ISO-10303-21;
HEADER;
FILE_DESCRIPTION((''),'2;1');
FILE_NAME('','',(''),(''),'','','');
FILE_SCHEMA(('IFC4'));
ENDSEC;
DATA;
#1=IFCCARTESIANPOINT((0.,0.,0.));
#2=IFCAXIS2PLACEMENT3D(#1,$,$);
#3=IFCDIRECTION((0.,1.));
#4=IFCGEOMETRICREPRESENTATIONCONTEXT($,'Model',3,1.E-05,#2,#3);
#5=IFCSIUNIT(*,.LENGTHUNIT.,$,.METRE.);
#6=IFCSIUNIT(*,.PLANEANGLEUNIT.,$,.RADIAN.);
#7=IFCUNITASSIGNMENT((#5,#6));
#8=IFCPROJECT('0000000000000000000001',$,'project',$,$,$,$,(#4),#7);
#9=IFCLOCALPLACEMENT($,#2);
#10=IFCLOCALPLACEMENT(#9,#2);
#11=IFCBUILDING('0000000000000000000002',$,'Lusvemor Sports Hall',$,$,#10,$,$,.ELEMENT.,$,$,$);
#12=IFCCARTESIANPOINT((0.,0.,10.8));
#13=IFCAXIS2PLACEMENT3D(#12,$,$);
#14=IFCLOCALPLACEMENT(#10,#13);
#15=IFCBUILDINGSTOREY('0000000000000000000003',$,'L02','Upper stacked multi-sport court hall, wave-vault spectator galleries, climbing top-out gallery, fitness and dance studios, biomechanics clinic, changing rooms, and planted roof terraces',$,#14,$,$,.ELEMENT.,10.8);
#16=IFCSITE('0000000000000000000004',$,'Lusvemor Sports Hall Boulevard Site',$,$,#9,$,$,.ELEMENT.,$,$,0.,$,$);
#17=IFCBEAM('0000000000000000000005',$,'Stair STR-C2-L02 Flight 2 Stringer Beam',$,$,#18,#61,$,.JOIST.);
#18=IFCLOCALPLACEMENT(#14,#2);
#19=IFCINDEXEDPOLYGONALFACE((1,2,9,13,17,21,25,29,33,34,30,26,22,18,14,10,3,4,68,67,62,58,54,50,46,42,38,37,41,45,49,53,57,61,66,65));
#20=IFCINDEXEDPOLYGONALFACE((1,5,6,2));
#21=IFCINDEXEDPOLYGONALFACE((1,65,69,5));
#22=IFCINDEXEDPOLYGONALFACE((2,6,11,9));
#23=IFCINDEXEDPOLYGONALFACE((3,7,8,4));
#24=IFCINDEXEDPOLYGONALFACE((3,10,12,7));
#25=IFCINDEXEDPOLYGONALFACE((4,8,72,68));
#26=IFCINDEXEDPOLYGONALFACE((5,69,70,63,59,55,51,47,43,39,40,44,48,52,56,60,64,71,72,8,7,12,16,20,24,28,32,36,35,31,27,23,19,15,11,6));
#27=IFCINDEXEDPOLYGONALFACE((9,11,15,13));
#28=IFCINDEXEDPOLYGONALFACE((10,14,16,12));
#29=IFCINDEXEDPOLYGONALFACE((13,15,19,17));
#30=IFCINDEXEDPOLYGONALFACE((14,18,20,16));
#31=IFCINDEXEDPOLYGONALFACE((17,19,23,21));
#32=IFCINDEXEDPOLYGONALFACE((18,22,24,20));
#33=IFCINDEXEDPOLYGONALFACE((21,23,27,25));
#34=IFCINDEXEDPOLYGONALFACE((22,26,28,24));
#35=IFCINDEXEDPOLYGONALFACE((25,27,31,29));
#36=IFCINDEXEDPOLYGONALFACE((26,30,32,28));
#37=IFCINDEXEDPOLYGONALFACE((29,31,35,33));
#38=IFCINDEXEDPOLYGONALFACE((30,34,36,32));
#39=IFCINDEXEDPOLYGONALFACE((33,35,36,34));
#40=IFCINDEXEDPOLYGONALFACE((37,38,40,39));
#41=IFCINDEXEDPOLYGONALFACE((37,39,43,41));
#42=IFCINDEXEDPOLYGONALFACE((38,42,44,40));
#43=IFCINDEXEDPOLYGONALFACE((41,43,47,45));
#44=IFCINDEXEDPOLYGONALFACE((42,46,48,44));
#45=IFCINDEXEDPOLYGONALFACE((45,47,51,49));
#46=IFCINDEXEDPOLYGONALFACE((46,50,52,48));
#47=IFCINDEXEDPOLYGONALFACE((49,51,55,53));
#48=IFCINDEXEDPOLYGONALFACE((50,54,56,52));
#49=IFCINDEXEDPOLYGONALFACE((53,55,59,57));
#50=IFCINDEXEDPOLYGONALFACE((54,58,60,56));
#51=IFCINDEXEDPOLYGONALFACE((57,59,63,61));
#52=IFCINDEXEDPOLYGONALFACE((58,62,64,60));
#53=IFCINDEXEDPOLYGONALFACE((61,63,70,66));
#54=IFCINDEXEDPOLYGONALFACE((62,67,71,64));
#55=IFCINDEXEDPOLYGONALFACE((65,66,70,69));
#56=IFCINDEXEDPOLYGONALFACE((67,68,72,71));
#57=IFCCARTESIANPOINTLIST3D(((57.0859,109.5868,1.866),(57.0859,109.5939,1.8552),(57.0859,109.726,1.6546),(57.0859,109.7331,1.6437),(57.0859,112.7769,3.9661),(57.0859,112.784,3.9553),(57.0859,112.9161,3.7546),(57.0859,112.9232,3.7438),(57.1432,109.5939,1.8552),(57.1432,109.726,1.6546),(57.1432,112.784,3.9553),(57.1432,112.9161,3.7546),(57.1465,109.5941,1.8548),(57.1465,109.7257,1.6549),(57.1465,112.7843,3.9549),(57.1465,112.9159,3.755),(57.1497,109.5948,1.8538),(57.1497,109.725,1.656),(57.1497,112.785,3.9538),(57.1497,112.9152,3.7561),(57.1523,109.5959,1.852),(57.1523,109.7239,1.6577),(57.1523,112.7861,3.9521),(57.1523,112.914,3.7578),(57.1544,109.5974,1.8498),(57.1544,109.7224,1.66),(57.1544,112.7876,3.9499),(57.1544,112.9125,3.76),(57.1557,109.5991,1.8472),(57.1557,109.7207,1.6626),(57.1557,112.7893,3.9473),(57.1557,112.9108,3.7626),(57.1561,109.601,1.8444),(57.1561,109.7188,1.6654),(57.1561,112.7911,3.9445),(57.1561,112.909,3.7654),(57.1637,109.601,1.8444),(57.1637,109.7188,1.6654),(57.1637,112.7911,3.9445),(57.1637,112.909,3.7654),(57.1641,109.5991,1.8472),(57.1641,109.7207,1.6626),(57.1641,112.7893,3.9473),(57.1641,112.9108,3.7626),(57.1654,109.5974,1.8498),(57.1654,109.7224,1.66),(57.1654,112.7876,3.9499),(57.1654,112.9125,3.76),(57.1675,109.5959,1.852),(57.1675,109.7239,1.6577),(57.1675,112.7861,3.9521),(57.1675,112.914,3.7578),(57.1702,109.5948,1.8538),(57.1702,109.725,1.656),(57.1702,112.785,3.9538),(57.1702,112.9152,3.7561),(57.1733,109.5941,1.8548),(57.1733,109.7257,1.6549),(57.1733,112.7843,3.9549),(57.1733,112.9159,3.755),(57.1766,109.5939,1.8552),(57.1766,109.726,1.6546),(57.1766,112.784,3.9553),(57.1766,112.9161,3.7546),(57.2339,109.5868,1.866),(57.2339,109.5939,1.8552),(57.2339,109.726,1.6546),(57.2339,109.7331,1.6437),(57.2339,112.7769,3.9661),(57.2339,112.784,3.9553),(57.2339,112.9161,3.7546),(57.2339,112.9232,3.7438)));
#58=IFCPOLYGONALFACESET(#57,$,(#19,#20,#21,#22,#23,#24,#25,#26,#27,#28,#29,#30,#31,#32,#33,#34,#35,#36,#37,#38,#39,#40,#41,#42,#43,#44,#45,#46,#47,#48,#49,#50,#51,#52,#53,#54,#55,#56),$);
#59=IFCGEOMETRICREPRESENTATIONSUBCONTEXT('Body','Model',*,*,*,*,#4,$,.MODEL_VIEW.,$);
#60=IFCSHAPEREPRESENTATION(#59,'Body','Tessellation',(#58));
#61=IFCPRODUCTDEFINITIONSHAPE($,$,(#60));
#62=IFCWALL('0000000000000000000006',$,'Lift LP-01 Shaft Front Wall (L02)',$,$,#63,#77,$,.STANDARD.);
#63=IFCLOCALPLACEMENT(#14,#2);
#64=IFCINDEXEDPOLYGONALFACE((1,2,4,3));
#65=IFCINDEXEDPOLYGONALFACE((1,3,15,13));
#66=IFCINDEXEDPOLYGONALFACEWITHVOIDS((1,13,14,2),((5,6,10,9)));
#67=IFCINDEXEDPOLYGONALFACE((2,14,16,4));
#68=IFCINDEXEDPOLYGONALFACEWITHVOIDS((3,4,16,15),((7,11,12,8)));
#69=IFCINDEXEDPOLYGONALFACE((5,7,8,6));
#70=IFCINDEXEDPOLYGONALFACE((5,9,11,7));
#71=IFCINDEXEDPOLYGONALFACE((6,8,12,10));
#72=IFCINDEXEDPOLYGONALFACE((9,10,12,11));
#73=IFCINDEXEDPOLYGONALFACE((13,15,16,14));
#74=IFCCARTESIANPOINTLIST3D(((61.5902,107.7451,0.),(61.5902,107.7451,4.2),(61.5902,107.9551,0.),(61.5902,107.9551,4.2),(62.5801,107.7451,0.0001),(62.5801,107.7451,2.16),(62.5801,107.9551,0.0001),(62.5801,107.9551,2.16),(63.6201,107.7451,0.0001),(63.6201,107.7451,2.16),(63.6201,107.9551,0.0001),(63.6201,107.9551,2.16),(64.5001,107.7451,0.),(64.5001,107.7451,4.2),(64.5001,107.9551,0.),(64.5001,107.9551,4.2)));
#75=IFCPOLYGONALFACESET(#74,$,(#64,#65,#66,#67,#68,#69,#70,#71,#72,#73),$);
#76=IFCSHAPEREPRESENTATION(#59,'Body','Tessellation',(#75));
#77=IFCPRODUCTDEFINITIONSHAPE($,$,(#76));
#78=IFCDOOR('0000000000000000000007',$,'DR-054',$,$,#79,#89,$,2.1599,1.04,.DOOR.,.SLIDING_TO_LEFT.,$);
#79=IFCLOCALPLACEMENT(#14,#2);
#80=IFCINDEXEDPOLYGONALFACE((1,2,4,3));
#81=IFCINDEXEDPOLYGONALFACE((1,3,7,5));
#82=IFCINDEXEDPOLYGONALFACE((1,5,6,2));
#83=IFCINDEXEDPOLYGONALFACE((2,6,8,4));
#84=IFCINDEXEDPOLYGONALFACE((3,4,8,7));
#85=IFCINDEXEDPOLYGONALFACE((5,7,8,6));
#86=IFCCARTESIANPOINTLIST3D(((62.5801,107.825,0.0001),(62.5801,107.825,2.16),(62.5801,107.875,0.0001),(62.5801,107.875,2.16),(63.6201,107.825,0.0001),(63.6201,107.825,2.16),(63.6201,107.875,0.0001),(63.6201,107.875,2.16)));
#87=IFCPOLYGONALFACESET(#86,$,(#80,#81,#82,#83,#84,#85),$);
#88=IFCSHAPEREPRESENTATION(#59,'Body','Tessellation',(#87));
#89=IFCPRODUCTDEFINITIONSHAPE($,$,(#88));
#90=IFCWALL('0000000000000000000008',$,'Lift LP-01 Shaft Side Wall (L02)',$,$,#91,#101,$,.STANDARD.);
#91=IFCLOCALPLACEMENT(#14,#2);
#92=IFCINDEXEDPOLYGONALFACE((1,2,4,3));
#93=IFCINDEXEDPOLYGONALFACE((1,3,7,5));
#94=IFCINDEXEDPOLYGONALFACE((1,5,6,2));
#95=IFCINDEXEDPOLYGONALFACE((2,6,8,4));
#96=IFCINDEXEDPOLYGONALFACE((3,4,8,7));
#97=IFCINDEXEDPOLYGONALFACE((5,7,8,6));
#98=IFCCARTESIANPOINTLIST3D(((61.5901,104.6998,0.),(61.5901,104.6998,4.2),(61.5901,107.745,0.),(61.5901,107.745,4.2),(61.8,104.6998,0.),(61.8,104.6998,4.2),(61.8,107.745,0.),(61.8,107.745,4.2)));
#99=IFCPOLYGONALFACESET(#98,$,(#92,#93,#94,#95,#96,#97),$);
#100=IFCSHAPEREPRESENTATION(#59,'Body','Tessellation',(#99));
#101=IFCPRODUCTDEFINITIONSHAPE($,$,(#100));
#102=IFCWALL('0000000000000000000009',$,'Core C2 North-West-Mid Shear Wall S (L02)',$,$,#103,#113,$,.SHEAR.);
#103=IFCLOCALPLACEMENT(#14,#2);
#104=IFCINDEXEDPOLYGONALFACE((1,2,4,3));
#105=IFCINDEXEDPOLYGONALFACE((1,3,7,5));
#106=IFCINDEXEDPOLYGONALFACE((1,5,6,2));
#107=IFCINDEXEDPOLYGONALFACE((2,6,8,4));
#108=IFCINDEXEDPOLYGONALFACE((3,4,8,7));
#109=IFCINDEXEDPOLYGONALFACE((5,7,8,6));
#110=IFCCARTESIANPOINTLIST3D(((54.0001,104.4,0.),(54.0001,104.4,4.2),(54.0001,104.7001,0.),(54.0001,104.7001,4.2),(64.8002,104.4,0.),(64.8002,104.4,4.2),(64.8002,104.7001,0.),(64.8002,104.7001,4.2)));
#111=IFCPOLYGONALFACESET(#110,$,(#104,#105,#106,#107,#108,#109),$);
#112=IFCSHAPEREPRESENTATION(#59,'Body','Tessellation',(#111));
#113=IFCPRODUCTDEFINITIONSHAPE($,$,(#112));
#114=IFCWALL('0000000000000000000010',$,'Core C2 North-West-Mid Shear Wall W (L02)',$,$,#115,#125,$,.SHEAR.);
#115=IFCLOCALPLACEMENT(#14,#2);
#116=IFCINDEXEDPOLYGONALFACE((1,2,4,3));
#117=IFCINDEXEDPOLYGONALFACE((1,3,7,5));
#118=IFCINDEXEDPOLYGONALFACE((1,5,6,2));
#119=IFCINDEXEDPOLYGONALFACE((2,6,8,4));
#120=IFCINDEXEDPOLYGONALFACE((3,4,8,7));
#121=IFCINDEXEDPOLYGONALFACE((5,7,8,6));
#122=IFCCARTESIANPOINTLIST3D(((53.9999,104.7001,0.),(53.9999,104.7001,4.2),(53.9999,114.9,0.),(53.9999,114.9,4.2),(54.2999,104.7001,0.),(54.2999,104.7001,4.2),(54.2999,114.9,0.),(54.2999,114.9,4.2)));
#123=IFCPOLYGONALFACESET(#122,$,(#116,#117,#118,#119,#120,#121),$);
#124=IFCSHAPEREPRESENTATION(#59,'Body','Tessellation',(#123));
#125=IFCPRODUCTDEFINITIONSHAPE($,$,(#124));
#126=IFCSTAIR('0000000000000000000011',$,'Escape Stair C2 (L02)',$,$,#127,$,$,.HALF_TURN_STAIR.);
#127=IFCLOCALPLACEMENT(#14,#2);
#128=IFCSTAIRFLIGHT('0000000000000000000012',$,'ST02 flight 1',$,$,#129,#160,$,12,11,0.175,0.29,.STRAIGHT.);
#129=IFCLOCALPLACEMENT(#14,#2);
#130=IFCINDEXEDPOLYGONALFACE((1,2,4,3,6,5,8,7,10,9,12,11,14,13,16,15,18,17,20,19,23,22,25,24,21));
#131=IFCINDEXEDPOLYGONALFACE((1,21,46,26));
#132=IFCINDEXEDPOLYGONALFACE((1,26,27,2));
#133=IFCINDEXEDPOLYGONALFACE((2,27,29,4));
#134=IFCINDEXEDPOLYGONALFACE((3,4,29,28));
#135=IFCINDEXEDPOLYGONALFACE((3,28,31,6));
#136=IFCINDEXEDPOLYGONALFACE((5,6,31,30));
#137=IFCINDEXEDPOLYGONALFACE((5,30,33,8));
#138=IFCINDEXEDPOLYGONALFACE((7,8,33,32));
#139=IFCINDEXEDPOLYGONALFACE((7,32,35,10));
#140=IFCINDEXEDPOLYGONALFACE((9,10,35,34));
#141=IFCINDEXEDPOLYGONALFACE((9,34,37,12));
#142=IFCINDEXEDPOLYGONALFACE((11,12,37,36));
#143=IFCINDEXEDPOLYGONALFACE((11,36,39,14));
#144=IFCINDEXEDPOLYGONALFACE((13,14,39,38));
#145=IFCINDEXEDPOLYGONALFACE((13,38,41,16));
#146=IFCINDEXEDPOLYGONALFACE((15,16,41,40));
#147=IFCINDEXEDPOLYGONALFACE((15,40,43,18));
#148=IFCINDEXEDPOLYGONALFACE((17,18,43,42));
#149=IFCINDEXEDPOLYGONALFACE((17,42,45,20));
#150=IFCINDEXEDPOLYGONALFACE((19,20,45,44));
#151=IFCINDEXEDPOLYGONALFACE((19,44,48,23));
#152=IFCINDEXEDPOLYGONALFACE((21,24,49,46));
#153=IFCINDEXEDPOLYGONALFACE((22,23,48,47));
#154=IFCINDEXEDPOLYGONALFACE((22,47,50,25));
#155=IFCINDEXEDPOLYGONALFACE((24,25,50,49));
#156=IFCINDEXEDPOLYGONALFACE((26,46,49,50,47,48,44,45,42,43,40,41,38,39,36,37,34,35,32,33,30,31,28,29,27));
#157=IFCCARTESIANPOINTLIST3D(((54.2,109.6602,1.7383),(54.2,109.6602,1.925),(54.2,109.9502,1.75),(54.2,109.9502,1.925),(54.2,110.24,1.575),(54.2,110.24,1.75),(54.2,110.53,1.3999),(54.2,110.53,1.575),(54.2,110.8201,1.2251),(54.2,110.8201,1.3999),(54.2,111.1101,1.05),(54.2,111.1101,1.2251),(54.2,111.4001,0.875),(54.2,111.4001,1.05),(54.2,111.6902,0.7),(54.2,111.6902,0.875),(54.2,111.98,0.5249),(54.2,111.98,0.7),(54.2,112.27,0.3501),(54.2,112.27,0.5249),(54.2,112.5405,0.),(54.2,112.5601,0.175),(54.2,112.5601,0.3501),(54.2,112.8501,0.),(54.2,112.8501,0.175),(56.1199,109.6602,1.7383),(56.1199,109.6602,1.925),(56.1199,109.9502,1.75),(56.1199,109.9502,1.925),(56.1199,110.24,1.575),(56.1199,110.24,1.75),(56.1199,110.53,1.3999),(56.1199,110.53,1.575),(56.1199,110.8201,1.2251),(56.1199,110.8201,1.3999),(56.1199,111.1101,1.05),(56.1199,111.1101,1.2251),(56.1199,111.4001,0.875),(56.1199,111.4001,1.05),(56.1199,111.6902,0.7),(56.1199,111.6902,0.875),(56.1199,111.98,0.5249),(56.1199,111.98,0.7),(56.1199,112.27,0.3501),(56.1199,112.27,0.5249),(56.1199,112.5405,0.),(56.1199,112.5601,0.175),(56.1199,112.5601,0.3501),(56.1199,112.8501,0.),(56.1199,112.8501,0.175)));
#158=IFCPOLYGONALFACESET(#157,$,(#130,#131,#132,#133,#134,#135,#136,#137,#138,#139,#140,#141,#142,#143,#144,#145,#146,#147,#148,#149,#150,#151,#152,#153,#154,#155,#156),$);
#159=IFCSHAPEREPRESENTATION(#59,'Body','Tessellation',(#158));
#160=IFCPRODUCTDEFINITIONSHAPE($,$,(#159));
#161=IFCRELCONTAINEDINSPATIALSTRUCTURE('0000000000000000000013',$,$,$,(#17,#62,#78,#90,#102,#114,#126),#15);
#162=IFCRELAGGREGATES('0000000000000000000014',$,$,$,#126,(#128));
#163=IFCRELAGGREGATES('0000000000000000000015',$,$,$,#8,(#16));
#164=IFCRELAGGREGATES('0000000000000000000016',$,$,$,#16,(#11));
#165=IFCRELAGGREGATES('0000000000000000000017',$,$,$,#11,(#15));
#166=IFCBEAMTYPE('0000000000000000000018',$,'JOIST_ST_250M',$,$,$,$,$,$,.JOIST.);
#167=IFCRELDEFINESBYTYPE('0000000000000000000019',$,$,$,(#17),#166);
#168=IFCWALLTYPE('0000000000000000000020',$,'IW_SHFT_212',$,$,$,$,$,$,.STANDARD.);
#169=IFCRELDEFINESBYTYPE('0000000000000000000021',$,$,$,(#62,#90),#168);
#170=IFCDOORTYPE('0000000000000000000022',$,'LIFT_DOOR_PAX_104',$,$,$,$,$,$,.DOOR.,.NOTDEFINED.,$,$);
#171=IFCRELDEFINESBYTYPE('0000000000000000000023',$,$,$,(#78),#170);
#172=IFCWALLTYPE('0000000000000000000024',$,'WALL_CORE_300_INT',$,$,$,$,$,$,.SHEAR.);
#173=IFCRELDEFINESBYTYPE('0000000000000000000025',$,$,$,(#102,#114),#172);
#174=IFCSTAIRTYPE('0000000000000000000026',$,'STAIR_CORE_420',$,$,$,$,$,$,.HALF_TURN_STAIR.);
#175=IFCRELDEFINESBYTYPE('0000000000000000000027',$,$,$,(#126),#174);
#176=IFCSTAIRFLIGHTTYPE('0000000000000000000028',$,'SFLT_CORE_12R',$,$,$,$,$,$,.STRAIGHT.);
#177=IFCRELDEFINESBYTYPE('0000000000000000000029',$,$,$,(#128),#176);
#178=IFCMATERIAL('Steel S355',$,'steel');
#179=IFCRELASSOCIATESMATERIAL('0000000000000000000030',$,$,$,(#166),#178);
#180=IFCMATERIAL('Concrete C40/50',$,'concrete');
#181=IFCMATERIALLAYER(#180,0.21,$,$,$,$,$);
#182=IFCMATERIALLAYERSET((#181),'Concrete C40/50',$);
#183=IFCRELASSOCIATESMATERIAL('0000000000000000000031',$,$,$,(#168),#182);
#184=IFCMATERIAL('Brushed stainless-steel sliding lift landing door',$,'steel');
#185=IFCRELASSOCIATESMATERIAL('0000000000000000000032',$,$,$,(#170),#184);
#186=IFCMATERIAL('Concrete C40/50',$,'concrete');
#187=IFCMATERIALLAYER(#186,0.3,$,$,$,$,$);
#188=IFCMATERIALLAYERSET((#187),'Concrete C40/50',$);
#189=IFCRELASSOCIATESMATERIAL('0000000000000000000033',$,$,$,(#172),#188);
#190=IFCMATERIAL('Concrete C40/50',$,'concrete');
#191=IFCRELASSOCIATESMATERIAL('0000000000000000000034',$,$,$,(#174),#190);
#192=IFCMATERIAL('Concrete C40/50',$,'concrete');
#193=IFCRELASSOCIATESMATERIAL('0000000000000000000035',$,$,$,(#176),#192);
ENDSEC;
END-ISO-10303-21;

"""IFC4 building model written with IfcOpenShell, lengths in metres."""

from ifc_helpers import new_model, si_unit, direction, frame, frame_2d, origin, origin_2d, place, context, subcontext, project, spatial, polyline, rectangle, i_section, outline, extrude, material, layer, layer_set, material_profile, profile_set, type_object, element, fill, aggregate, save


model = new_model("IFC4")

# Units and contexts
model_context = context("Model", 3, precision=1e-05, world=origin(), true_north=direction((0.0, 1.0)))
body_context = subcontext(model_context, "Body", "Model", "MODEL_VIEW")
ifc_project = project(units=[si_unit("LENGTHUNIT", "METRE"), si_unit("PLANEANGLEUNIT", "RADIAN")], contexts=[model_context])

# Site, building, storey
site_placement = place(None, origin())
site = spatial("IfcSite", under=ifc_project, at=site_placement, Name="Lusvemor Sports Hall Boulevard Site", CompositionType="ELEMENT", RefElevation=0.0)
building_placement = place(site_placement, origin())
building = spatial("IfcBuilding", under=site, at=building_placement, Name="Lusvemor Sports Hall", CompositionType="ELEMENT")
storey_placement = place(building_placement, frame((0.0, 0.0, 10.8)))
storey = spatial("IfcBuildingStorey", under=building, at=storey_placement, Name="L02", Description="Upper stacked multi-sport court hall, wave-vault spectator galleries, climbing top-out gallery, fitness and dance studios, biomechanics clinic, changing rooms, and planted roof terraces", CompositionType="ELEMENT", Elevation=10.8)

# Beam
ifc_material_1 = material(Name="Steel S355", Category="steel")
ifc_material_profile_1 = material_profile(ifc_material_1, i_section(OverallWidth=0.1479, OverallDepth=0.2661, WebThickness=0.0076, FlangeThickness=0.0129, FilletRadius=0.0129, at=origin_2d()), Name="W250x44.8")
ifc_profile_set_1 = profile_set([ifc_material_profile_1], Name="Steel S355")
beam_type_1 = type_object("IfcBeamType", Name="JOIST_ST_250M", PredefinedType="JOIST", material=ifc_profile_set_1)
beam_1_placement = place(storey_placement, frame((57.1599, 109.6599, 1.7549), z_axis=(0.0, 0.835262, 0.549852), x_axis=(-1.0, 0.0, 0.0)))
element("IfcBeam", 1, at=beam_1_placement, inside=storey, type_object=beam_type_1, Name="Stair STR-C2-L02 Flight 2 Stringer Beam", PredefinedType="JOIST", context=body_context, shape_type="SweptSolid", body=[
    extrude(i_section(OverallWidth=0.1479, OverallDepth=0.2661, WebThickness=0.0076, FlangeThickness=0.0129, FilletRadius=0.0129, at=origin_2d()), origin(), (0.0, 0.0, 1.0), 3.8193),
])

# Wall, opening, door
ifc_material_2 = material(Name="Concrete C40/50", Category="concrete")
ifc_layer_1 = layer(ifc_material_2, 0.21)
ifc_layer_set_1 = layer_set([ifc_layer_1], Name="Concrete C40/50")
wall_type_1 = type_object("IfcWallType", Name="IW_SHFT_212", PredefinedType="STANDARD", material=ifc_layer_set_1)
wall_1_placement = place(storey_placement, frame((61.5901, 107.8501, 0.0), z_axis=(0.0, 0.0, 1.0), x_axis=(1.0, 0.0, 0.0)))
wall_1 = element("IfcWall", 2, at=wall_1_placement, inside=storey, type_object=wall_type_1, Name="Lift LP-01 Shaft Front Wall (L02)", PredefinedType="STANDARD", context=body_context, shape_type="SweptSolid", body=[
    extrude(rectangle(XDim=2.9099, YDim=0.21, at=frame_2d((1.4551, 0.0))), origin(), (0.0, 0.0, 1.0), 4.2),
])
opening_1_placement = place(wall_1_placement, frame((0.99, 0.0, 0.0)))
opening_1 = element("IfcOpeningElement", 3, at=opening_1_placement, cuts=wall_1, PredefinedType="OPENING", context=body_context, shape_type="SweptSolid", body=[
    extrude(rectangle(XDim=1.04, YDim=2.1599, at=frame_2d((0.52, 1.0801))), frame((0.0, 0.105, 0.0), z_axis=(0.0, -1.0, 0.0), x_axis=(1.0, 0.0, 0.0)), (0.0, 0.0, 1.0), 0.21),
])
ifc_material_3 = material(Name="Brushed stainless-steel sliding lift landing door", Category="steel")
door_type_1 = type_object("IfcDoorType", Name="LIFT_DOOR_PAX_104", OperationType="NOTDEFINED", PredefinedType="DOOR", material=ifc_material_3)
door_1_placement = place(opening_1_placement, origin())
door_1 = element("IfcDoor", 4, at=door_1_placement, inside=storey, type_object=door_type_1, Name="DR-054", OperationType="SLIDING_TO_LEFT", OverallHeight=2.1599, OverallWidth=1.04, PredefinedType="DOOR", context=body_context, shape_type="SweptSolid", body=[
    extrude(rectangle(XDim=1.04, YDim=2.1599, at=frame_2d((0.52, 1.0801))), frame((0.0, 0.0249, 0.0), z_axis=(0.0, -1.0, 0.0), x_axis=(1.0, 0.0, 0.0)), (0.0, 0.0, 1.0), 0.05),
])
fill(opening_1, door_1)

# Wall
wall_2_placement = place(storey_placement, frame((61.6951, 104.7, 0.0), z_axis=(0.0, 0.0, 1.0), x_axis=(0.0, 1.0, 0.0)))
element("IfcWall", 5, at=wall_2_placement, inside=storey, type_object=wall_type_1, Name="Lift LP-01 Shaft Side Wall (L02)", PredefinedType="STANDARD", context=body_context, shape_type="SweptSolid", body=[
    extrude(rectangle(XDim=3.0452, YDim=0.21, at=frame_2d((1.5225, 0.0))), origin(), (0.0, 0.0, 1.0), 4.2),
])

# Walls
ifc_material_4 = material(Name="Concrete C40/50", Category="concrete")
ifc_layer_2 = layer(ifc_material_4, 0.3)
ifc_layer_set_2 = layer_set([ifc_layer_2], Name="Concrete C40/50")
wall_type_2 = type_object("IfcWallType", Name="WALL_CORE_300_INT", PredefinedType="SHEAR", material=ifc_layer_set_2)
wall_3_placement = place(storey_placement, frame((64.8, 104.55, 0.0), z_axis=(0.0, 0.0, 1.0), x_axis=(-1.0, 0.0, 0.0)))
element("IfcWall", 6, at=wall_3_placement, inside=storey, type_object=wall_type_2, Name="Core C2 North-West-Mid Shear Wall S (L02)", PredefinedType="SHEAR", context=body_context, shape_type="SweptSolid", body=[
    extrude(rectangle(XDim=10.8, YDim=0.3, at=frame_2d((5.3999, 0.0))), origin(), (0.0, 0.0, 1.0), 4.2),
])
wall_4_placement = place(storey_placement, frame((54.1499, 104.7, 0.0), z_axis=(0.0, 0.0, 1.0), x_axis=(0.0, 1.0, 0.0)))
element("IfcWall", 7, at=wall_4_placement, inside=storey, type_object=wall_type_2, Name="Core C2 North-West-Mid Shear Wall W (L02)", PredefinedType="SHEAR", context=body_context, shape_type="SweptSolid", body=[
    extrude(rectangle(XDim=10.2, YDim=0.3, at=frame_2d((5.1001, 0.0))), origin(), (0.0, 0.0, 1.0), 4.2),
])

# Stair, stair flight
ifc_material_5 = material(Name="Concrete C40/50", Category="concrete")
stair_type = type_object("IfcStairType", Name="STAIR_CORE_420", PredefinedType="HALF_TURN_STAIR", material=ifc_material_5)
stair_placement = place(storey_placement, origin())
stair = element("IfcStair", 8, at=stair_placement, inside=storey, type_object=stair_type, Name="Escape Stair C2 (L02)", PredefinedType="HALF_TURN_STAIR")
ifc_material_6 = material(Name="Concrete C40/50", Category="concrete")
stair_flight_type = type_object("IfcStairFlightType", Name="SFLT_CORE_12R", PredefinedType="STRAIGHT", material=ifc_material_6)
stair_flight_1_placement = place(storey_placement, frame((55.1599, 112.8501, 0.0), z_axis=(0.0, 0.0, 1.0), x_axis=(0.0, -1.0, 0.0)))
stair_flight_1 = element("IfcStairFlight", 9, at=stair_flight_1_placement, type_object=stair_flight_type, Name="ST02 flight 1", NumberOfRisers=12, NumberOfTreads=11, PredefinedType="STRAIGHT", RiserHeight=0.175, TreadLength=0.29, context=body_context, shape_type="SweptSolid", body=[
    extrude(outline(polyline([(0.0, 0.0), (0.0, 0.175), (0.29, 0.175), (0.29, 0.3501), (0.5801, 0.3501), (0.5801, 0.5249), (0.8701, 0.5249), (0.8701, 0.7), (1.1599, 0.7), (1.1599, 0.875), (1.45, 0.875), (1.45, 1.05), (1.74, 1.05), (1.74, 1.2251), (2.03, 1.2251), (2.03, 1.3999), (2.3201, 1.3999), (2.3201, 1.575), (2.6101, 1.575), (2.6101, 1.75), (2.8999, 1.75), (2.8999, 1.925), (3.1899, 1.925), (3.1899, 2.1001), (3.1899, 1.7383), (0.3096, 0.0), (0.0, 0.0)])), frame((0.0, 0.96, 0.0), z_axis=(0.0, -1.0, 0.0), x_axis=(1.0, 0.0, 0.0)), (0.0, 0.0, 1.0), 1.9199),
])
aggregate(stair, [stair_flight_1])

save(model, "model.ifc")
